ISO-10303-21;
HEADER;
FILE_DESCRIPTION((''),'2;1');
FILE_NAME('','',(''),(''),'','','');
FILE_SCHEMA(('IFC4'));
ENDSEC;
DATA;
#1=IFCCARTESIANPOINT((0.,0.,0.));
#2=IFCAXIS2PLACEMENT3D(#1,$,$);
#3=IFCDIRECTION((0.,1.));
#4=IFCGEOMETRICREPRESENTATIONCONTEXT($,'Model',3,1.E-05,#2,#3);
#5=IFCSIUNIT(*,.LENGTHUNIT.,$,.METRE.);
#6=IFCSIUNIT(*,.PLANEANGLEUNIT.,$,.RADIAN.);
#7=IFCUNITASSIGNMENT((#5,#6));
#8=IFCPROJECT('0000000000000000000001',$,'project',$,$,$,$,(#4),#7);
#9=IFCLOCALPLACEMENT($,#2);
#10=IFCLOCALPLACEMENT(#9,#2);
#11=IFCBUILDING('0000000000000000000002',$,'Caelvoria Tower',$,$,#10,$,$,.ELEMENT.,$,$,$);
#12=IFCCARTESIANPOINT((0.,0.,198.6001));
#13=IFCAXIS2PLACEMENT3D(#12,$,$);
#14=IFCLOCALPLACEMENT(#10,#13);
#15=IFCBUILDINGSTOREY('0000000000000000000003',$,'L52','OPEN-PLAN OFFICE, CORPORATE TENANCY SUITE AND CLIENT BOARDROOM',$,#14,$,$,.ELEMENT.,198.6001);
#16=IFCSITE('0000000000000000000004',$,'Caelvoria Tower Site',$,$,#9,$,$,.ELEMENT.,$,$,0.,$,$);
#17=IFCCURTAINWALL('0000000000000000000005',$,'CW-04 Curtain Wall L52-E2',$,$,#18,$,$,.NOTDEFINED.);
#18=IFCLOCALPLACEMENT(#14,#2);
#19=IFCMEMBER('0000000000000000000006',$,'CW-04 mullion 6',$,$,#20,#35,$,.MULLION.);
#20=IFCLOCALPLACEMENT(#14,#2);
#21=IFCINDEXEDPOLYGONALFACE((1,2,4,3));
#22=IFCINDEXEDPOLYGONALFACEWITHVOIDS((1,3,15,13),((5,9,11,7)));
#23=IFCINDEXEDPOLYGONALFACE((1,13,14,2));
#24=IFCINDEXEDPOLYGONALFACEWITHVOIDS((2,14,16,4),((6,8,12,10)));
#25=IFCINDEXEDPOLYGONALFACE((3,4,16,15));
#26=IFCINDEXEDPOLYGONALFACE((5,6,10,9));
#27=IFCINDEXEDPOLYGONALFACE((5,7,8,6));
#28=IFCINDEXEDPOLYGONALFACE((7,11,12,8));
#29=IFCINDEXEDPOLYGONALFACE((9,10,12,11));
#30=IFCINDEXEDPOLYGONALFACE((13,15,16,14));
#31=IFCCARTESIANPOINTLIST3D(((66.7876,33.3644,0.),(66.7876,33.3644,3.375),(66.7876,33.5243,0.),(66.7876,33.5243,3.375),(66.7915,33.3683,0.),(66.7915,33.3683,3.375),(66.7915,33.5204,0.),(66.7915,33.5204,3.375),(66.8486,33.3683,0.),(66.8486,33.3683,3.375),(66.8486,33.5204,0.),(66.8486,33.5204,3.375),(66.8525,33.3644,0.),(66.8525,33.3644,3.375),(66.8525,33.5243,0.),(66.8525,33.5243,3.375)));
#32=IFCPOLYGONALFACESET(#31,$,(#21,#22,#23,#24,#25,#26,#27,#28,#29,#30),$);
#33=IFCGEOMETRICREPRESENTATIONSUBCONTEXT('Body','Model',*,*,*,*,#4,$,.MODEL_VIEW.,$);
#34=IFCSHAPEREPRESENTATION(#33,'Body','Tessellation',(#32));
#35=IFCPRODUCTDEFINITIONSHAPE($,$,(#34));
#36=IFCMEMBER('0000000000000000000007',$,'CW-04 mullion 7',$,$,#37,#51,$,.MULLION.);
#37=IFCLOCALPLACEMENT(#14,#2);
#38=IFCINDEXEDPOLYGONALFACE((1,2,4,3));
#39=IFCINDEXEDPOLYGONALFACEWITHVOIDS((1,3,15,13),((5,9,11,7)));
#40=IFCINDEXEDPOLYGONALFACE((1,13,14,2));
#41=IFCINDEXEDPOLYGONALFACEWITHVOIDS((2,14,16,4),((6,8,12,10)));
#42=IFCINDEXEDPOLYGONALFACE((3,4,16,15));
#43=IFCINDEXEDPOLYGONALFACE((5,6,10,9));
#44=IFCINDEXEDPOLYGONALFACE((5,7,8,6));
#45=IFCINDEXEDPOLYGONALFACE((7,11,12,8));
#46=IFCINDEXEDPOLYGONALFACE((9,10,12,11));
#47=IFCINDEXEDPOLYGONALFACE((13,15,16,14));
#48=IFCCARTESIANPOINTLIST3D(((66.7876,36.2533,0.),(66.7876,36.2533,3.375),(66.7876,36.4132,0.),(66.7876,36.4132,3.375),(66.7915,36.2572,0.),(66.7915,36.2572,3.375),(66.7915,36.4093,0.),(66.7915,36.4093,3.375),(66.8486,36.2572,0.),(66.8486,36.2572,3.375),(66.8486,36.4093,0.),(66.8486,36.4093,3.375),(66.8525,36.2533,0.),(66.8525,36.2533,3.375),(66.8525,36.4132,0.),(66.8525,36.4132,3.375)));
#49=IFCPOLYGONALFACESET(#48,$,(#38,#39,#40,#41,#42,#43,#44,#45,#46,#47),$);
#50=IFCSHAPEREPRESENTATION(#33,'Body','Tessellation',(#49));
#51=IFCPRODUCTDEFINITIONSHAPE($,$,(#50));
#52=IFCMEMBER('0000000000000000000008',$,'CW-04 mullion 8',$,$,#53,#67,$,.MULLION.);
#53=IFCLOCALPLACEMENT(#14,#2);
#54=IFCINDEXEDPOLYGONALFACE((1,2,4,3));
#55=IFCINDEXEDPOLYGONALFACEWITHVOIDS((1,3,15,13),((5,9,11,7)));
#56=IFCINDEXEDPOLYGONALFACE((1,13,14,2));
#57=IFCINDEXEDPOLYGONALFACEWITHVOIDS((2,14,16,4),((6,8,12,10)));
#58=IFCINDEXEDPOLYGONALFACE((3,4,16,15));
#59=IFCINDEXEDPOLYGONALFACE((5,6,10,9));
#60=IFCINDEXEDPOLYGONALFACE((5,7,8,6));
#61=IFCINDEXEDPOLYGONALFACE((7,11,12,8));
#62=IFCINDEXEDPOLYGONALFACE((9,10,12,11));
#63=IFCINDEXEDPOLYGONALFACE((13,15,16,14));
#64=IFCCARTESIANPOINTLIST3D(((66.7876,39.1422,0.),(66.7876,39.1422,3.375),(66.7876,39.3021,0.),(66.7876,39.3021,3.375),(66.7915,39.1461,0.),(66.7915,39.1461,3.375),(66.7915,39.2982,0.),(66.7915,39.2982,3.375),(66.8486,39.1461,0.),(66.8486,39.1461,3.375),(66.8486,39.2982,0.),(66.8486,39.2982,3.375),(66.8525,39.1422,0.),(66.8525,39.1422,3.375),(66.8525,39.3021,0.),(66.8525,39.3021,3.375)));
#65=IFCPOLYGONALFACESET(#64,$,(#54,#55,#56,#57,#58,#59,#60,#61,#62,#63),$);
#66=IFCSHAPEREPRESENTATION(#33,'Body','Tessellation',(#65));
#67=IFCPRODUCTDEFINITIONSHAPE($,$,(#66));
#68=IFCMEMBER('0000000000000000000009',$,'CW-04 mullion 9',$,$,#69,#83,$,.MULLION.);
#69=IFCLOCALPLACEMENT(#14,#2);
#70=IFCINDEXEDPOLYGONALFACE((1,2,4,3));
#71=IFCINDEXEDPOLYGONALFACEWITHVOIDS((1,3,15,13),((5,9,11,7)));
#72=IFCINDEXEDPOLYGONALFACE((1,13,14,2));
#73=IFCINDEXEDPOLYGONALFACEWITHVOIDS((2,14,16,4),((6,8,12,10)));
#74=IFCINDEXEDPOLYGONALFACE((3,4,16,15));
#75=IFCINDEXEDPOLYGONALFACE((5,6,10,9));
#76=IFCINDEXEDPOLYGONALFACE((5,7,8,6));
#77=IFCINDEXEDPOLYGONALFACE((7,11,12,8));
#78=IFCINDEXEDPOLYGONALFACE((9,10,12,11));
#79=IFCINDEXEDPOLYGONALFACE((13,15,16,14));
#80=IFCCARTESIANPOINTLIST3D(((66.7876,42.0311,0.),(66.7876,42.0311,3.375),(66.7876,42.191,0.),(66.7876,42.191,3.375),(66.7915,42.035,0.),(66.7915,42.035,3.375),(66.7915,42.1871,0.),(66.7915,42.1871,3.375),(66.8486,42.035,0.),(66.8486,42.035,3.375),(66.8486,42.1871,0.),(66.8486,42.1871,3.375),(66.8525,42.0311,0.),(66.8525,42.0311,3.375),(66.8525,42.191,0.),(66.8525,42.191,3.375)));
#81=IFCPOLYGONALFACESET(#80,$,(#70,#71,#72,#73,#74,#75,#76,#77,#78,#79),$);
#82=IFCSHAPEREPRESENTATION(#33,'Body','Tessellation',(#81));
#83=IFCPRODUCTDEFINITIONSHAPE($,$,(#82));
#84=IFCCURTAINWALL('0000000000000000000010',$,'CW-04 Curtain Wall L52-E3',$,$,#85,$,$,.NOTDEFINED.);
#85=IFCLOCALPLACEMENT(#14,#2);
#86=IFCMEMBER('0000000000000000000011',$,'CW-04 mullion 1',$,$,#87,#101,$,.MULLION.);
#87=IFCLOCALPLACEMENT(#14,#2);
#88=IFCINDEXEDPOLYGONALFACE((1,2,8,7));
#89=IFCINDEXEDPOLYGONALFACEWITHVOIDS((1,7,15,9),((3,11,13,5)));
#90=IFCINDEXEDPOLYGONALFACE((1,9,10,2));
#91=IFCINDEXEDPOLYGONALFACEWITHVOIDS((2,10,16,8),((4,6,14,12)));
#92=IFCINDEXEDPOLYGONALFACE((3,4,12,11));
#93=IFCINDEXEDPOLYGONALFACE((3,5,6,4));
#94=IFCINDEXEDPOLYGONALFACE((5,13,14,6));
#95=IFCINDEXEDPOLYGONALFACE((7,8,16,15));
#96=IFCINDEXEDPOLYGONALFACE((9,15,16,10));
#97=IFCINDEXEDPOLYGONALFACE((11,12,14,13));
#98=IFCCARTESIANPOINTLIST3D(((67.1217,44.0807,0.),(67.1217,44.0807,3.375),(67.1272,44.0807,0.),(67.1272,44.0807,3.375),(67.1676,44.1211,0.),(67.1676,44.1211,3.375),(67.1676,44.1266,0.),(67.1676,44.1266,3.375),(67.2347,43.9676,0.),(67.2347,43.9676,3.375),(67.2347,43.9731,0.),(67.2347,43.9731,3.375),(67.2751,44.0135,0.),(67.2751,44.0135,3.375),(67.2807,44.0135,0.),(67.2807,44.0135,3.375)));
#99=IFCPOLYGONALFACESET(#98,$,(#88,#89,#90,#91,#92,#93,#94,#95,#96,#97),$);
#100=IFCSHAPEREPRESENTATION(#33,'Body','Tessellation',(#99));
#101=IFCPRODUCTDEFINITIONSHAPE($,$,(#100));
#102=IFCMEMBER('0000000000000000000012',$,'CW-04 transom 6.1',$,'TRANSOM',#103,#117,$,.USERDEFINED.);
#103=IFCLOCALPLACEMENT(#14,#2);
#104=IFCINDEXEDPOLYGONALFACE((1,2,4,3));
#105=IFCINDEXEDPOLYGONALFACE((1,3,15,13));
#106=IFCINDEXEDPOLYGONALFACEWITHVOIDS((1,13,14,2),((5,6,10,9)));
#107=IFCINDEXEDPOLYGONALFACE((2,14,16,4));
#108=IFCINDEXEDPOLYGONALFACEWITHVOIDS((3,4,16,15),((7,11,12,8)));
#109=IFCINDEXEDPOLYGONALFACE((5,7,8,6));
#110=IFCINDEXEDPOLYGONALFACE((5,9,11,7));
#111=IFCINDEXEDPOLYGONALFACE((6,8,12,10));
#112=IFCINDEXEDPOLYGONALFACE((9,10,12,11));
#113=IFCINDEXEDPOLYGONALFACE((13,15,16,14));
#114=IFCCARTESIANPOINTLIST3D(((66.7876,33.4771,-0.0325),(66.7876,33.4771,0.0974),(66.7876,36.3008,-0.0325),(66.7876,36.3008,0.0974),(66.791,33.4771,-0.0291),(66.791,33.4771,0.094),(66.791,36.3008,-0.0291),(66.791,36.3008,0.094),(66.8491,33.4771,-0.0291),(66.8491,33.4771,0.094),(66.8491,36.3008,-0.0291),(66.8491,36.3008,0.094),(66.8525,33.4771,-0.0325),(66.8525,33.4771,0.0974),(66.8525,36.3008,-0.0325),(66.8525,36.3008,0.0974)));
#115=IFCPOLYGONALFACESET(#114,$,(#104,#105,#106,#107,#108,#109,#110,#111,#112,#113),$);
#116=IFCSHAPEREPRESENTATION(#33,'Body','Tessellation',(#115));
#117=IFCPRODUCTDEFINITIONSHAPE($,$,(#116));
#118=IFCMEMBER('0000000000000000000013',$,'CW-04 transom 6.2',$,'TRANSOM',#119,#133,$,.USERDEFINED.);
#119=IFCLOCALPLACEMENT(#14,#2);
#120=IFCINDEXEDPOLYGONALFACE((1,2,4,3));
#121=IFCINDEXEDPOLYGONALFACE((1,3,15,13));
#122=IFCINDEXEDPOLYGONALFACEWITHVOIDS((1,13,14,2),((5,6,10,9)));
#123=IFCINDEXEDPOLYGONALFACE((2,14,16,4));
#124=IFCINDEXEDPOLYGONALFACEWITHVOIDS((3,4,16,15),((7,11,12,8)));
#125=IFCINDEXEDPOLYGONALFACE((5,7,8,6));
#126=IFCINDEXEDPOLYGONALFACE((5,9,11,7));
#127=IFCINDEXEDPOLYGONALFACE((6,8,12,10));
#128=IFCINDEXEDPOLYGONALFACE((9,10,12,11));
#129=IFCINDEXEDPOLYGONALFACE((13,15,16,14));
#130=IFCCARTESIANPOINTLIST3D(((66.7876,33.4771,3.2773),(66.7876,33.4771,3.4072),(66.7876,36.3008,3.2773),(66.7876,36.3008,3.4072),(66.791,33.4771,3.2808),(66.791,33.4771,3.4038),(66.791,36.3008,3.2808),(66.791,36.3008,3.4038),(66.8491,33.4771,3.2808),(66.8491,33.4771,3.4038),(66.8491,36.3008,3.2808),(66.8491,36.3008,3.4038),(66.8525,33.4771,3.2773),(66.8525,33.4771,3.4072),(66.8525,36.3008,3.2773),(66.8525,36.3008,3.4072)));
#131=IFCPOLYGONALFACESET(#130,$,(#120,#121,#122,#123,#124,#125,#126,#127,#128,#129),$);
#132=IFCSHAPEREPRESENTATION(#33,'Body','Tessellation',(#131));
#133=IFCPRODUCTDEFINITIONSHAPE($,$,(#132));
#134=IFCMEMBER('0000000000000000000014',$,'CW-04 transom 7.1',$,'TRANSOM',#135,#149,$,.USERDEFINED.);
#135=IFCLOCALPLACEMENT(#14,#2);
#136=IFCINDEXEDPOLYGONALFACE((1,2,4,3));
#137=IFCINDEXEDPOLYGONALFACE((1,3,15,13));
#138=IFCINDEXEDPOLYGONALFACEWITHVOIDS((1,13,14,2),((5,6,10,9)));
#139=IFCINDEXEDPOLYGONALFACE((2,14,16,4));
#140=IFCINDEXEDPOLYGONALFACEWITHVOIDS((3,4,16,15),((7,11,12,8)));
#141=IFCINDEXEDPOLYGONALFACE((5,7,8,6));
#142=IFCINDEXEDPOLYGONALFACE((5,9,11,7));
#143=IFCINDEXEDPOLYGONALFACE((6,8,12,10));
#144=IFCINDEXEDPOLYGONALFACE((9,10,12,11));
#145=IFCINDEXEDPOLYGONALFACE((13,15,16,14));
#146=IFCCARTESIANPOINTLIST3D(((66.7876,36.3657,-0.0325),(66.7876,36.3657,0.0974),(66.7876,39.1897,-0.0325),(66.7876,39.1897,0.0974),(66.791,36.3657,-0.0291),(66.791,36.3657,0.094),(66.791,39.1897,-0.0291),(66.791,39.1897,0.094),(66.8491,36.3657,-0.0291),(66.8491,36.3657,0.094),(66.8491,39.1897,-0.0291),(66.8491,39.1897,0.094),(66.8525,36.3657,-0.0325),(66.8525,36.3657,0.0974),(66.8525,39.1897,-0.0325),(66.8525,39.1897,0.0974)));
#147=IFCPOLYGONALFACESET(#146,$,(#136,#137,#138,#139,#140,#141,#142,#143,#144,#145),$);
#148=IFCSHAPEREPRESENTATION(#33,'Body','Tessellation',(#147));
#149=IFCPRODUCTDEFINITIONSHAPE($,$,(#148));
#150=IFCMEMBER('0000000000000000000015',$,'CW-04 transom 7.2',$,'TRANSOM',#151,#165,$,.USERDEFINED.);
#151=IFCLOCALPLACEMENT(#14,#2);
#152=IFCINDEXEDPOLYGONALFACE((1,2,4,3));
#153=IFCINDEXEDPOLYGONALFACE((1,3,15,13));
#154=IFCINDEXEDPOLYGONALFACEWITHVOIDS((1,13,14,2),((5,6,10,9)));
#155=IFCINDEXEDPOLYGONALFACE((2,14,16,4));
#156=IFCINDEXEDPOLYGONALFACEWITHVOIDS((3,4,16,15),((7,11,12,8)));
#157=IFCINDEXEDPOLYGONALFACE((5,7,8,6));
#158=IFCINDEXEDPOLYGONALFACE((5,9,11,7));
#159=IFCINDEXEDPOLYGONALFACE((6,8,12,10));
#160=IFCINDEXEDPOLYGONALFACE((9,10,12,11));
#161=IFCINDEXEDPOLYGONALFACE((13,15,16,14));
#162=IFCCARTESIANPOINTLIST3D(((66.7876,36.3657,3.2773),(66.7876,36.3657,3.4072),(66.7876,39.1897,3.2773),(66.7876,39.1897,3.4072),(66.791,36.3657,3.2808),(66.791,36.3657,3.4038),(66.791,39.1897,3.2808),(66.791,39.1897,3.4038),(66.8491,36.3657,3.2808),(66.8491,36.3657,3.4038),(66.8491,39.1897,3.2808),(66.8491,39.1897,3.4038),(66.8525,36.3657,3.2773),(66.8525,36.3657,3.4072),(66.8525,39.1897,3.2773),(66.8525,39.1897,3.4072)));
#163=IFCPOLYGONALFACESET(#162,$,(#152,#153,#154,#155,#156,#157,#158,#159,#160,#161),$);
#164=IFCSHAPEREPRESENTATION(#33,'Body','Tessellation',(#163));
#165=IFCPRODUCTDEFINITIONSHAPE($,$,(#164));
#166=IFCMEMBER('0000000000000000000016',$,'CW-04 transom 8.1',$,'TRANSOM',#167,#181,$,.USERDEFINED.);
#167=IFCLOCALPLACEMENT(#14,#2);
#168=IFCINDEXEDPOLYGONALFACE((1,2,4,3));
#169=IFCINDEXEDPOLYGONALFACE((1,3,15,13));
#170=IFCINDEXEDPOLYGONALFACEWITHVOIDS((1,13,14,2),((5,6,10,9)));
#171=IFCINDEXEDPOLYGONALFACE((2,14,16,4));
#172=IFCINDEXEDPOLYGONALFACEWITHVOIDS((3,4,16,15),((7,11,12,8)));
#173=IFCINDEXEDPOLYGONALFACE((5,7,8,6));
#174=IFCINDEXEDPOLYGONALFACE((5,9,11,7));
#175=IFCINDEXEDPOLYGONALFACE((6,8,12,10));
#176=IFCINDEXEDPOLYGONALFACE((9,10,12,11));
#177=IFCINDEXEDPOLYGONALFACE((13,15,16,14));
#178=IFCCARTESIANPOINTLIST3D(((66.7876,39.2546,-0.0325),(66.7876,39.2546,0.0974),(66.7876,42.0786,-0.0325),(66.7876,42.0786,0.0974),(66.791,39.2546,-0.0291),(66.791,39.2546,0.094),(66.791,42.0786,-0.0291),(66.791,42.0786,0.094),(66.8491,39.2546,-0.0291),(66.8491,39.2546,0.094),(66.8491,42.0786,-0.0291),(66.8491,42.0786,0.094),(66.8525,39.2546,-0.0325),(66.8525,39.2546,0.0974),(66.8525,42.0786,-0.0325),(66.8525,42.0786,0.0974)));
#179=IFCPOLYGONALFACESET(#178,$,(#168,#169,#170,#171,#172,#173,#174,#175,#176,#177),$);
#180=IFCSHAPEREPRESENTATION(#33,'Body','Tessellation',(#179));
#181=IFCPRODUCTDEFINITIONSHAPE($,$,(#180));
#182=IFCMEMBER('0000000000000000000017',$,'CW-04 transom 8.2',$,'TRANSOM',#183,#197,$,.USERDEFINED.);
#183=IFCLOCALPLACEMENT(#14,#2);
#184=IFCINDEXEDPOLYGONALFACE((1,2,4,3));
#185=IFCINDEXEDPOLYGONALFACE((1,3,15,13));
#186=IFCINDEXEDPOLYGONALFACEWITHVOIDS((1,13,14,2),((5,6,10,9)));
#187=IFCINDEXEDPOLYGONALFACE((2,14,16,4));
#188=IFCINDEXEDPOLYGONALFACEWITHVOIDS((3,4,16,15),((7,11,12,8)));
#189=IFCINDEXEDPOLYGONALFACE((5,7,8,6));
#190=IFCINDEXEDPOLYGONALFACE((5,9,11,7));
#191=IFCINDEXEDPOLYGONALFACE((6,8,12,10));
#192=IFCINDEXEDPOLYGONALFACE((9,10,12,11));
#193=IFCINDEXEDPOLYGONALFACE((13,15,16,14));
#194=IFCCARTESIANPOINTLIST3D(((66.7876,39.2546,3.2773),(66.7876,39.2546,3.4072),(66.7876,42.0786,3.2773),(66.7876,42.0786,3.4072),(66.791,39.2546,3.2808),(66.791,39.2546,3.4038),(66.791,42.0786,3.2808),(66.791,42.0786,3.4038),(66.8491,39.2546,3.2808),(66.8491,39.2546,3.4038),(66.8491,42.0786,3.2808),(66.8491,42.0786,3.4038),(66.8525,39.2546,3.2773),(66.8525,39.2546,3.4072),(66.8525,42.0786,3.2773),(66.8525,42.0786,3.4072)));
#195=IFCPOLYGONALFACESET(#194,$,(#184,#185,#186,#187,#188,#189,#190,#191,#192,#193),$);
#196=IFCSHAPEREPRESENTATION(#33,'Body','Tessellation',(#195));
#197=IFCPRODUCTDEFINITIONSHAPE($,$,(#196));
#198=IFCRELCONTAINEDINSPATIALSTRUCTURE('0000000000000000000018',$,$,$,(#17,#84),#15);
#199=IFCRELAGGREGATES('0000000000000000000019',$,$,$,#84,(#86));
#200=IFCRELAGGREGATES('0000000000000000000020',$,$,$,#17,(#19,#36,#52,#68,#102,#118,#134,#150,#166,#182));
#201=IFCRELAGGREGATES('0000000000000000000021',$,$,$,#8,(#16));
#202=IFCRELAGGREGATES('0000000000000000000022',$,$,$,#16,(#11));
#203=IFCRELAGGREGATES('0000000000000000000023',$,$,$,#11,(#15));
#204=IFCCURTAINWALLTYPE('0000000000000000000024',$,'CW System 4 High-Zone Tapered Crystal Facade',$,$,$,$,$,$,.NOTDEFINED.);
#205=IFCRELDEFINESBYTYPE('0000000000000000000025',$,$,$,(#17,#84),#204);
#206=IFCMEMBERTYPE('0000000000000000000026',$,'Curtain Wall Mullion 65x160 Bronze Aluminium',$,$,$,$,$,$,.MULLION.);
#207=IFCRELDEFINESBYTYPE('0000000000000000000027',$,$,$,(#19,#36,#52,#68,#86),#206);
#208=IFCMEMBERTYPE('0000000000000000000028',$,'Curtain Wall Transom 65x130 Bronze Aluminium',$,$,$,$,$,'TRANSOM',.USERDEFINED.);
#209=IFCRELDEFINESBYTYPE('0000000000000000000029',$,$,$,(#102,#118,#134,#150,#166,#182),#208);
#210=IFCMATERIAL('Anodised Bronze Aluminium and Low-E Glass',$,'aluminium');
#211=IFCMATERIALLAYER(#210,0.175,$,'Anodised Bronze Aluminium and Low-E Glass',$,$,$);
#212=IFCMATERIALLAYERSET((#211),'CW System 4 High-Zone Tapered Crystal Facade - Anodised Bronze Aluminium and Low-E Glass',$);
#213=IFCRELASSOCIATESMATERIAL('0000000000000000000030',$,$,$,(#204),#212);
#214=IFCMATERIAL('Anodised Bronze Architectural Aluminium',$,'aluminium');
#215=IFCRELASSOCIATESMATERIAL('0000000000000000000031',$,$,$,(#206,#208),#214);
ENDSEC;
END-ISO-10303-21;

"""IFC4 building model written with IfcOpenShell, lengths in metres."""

from ifc_helpers import new_model, si_unit, direction, frame, origin, origin_2d, place, context, subcontext, project, spatial, hollow_rectangle, extrude, material, layer, layer_set, material_profile, profile_set, type_object, element, aggregate, save


model = new_model("IFC4")

# Units and contexts
model_context = context("Model", 3, precision=1e-05, world=origin(), true_north=direction((0.0, 1.0)))
body_context = subcontext(model_context, "Body", "Model", "MODEL_VIEW")
ifc_project = project(units=[si_unit("LENGTHUNIT", "METRE"), si_unit("PLANEANGLEUNIT", "RADIAN")], contexts=[model_context])

# Site, building, storey
site_placement = place(None, origin())
site = spatial("IfcSite", under=ifc_project, at=site_placement, Name="Caelvoria Tower Site", CompositionType="ELEMENT", RefElevation=0.0)
building_placement = place(site_placement, origin())
building = spatial("IfcBuilding", under=site, at=building_placement, Name="Caelvoria Tower", CompositionType="ELEMENT")
storey_placement = place(building_placement, frame((0.0, 0.0, 198.6001)))
storey = spatial("IfcBuildingStorey", under=building, at=storey_placement, Name="L52", Description="OPEN-PLAN OFFICE, CORPORATE TENANCY SUITE AND CLIENT BOARDROOM", CompositionType="ELEMENT", Elevation=198.6001)

# Curtain wall, members
ifc_material_1 = material(Name="Anodised Bronze Aluminium and Low-E Glass", Category="aluminium")
ifc_layer_1 = layer(ifc_material_1, 0.175, Name="Anodised Bronze Aluminium and Low-E Glass")
ifc_layer_set_1 = layer_set([ifc_layer_1], Name="CW System 4 High-Zone Tapered Crystal Facade - Anodised Bronze Aluminium and Low-E Glass")
curtain_wall_type = type_object("IfcCurtainWallType", Name="CW System 4 High-Zone Tapered Crystal Facade", PredefinedType="NOTDEFINED", material=ifc_layer_set_1)
curtain_wall_1_placement = place(storey_placement, origin())
curtain_wall_1 = element("IfcCurtainWall", 1, at=curtain_wall_1_placement, inside=storey, type_object=curtain_wall_type, Name="CW-04 Curtain Wall L52-E2", PredefinedType="NOTDEFINED")
ifc_material_2 = material(Name="Anodised Bronze Architectural Aluminium", Category="aluminium")
ifc_material_profile_1 = material_profile(ifc_material_2, hollow_rectangle(XDim=0.0649, YDim=0.1599, WallThickness=0.0039, at=origin_2d()), Name="Anodised Bronze Architectural Aluminium")
ifc_profile_set_1 = profile_set([ifc_material_profile_1], Name="CW_MULL_65X160 - Anodised Bronze Architectural Aluminium")
member_type_1 = type_object("IfcMemberType", Name="Curtain Wall Mullion 65x160 Bronze Aluminium", PredefinedType="MULLION", material=ifc_profile_set_1)
member_1_placement = place(storey_placement, frame((66.8201, 33.4443, 0.0), z_axis=(0.0, 0.0, 1.0), x_axis=(-1.0, 0.0, 0.0)))
member_1 = element("IfcMember", 2, at=member_1_placement, type_object=member_type_1, Name="CW-04 mullion 6", PredefinedType="MULLION", context=body_context, shape_type="SweptSolid", body=[
    extrude(hollow_rectangle(XDim=0.0649, YDim=0.1599, WallThickness=0.0039, at=origin_2d()), origin(), (0.0, 0.0, 1.0), 3.375),
])
member_2_placement = place(storey_placement, frame((66.8201, 36.3333, 0.0), z_axis=(0.0, 0.0, 1.0), x_axis=(-1.0, 0.0, 0.0)))
member_2 = element("IfcMember", 3, at=member_2_placement, type_object=member_type_1, Name="CW-04 mullion 7", PredefinedType="MULLION", context=body_context, shape_type="SweptSolid", body=[
    extrude(hollow_rectangle(XDim=0.0649, YDim=0.1599, WallThickness=0.0039, at=origin_2d()), origin(), (0.0, 0.0, 1.0), 3.375),
])
member_3_placement = place(storey_placement, frame((66.8201, 39.2222, 0.0), z_axis=(0.0, 0.0, 1.0), x_axis=(-1.0, 0.0, 0.0)))
member_3 = element("IfcMember", 4, at=member_3_placement, type_object=member_type_1, Name="CW-04 mullion 8", PredefinedType="MULLION", context=body_context, shape_type="SweptSolid", body=[
    extrude(hollow_rectangle(XDim=0.0649, YDim=0.1599, WallThickness=0.0039, at=origin_2d()), origin(), (0.0, 0.0, 1.0), 3.375),
])
member_4_placement = place(storey_placement, frame((66.8201, 42.1111, 0.0), z_axis=(0.0, 0.0, 1.0), x_axis=(-1.0, 0.0, 0.0)))
member_4 = element("IfcMember", 5, at=member_4_placement, type_object=member_type_1, Name="CW-04 mullion 9", PredefinedType="MULLION", context=body_context, shape_type="SweptSolid", body=[
    extrude(hollow_rectangle(XDim=0.0649, YDim=0.1599, WallThickness=0.0039, at=origin_2d()), origin(), (0.0, 0.0, 1.0), 3.375),
])

# Curtain wall, member
curtain_wall_2_placement = place(storey_placement, origin())
curtain_wall_2 = element("IfcCurtainWall", 6, at=curtain_wall_2_placement, inside=storey, type_object=curtain_wall_type, Name="CW-04 Curtain Wall L52-E3", PredefinedType="NOTDEFINED")
member_5_placement = place(storey_placement, frame((67.2012, 44.0471, 0.0), z_axis=(0.0, 0.0, 1.0), x_axis=(-0.707107, -0.707107, 0.0)))
member_5 = element("IfcMember", 7, at=member_5_placement, type_object=member_type_1, Name="CW-04 mullion 1", PredefinedType="MULLION", context=body_context, shape_type="SweptSolid", body=[
    extrude(hollow_rectangle(XDim=0.0649, YDim=0.1599, WallThickness=0.0039, at=origin_2d()), origin(), (0.0, 0.0, 1.0), 3.375),
])

# Members
ifc_material_profile_2 = material_profile(ifc_material_2, hollow_rectangle(XDim=0.0649, YDim=0.1299, WallThickness=0.0034, at=origin_2d()), Name="Anodised Bronze Architectural Aluminium")
ifc_profile_set_2 = profile_set([ifc_material_profile_2], Name="CW_TRAN_65X130 - Anodised Bronze Architectural Aluminium")
member_type_2 = type_object("IfcMemberType", Name="Curtain Wall Transom 65x130 Bronze Aluminium", ElementType="TRANSOM", PredefinedType="USERDEFINED", material=ifc_profile_set_2)
member_6_placement = place(storey_placement, frame((66.8201, 33.4771, 0.0325), z_axis=(0.0, 1.0, 0.0), x_axis=(-1.0, 0.0, 0.0)))
member_6 = element("IfcMember", 8, at=member_6_placement, type_object=member_type_2, Name="CW-04 transom 6.1", ObjectType="TRANSOM", PredefinedType="USERDEFINED", context=body_context, shape_type="SweptSolid", body=[
    extrude(hollow_rectangle(XDim=0.0649, YDim=0.1299, WallThickness=0.0034, at=origin_2d()), origin(), (0.0, 0.0, 1.0), 2.8237),
])
member_7_placement = place(storey_placement, frame((66.8201, 33.4771, 3.3423), z_axis=(0.0, 1.0, 0.0), x_axis=(-1.0, 0.0, 0.0)))
member_7 = element("IfcMember", 9, at=member_7_placement, type_object=member_type_2, Name="CW-04 transom 6.2", ObjectType="TRANSOM", PredefinedType="USERDEFINED", context=body_context, shape_type="SweptSolid", body=[
    extrude(hollow_rectangle(XDim=0.0649, YDim=0.1299, WallThickness=0.0034, at=origin_2d()), origin(), (0.0, 0.0, 1.0), 2.8237),
])
member_8_placement = place(storey_placement, frame((66.8201, 36.3657, 0.0325), z_axis=(0.0, 1.0, 0.0), x_axis=(-1.0, 0.0, 0.0)))
member_8 = element("IfcMember", 10, at=member_8_placement, type_object=member_type_2, Name="CW-04 transom 7.1", ObjectType="TRANSOM", PredefinedType="USERDEFINED", context=body_context, shape_type="SweptSolid", body=[
    extrude(hollow_rectangle(XDim=0.0649, YDim=0.1299, WallThickness=0.0034, at=origin_2d()), origin(), (0.0, 0.0, 1.0), 2.824),
])
member_9_placement = place(storey_placement, frame((66.8201, 36.3657, 3.3423), z_axis=(0.0, 1.0, 0.0), x_axis=(-1.0, 0.0, 0.0)))
member_9 = element("IfcMember", 11, at=member_9_placement, type_object=member_type_2, Name="CW-04 transom 7.2", ObjectType="TRANSOM", PredefinedType="USERDEFINED", context=body_context, shape_type="SweptSolid", body=[
    extrude(hollow_rectangle(XDim=0.0649, YDim=0.1299, WallThickness=0.0034, at=origin_2d()), origin(), (0.0, 0.0, 1.0), 2.824),
])
member_10_placement = place(storey_placement, frame((66.8201, 39.2546, 0.0325), z_axis=(0.0, 1.0, 0.0), x_axis=(-1.0, 0.0, 0.0)))
member_10 = element("IfcMember", 12, at=member_10_placement, type_object=member_type_2, Name="CW-04 transom 8.1", ObjectType="TRANSOM", PredefinedType="USERDEFINED", context=body_context, shape_type="SweptSolid", body=[
    extrude(hollow_rectangle(XDim=0.0649, YDim=0.1299, WallThickness=0.0034, at=origin_2d()), origin(), (0.0, 0.0, 1.0), 2.824),
])
member_11_placement = place(storey_placement, frame((66.8201, 39.2546, 3.3423), z_axis=(0.0, 1.0, 0.0), x_axis=(-1.0, 0.0, 0.0)))
member_11 = element("IfcMember", 13, at=member_11_placement, type_object=member_type_2, Name="CW-04 transom 8.2", ObjectType="TRANSOM", PredefinedType="USERDEFINED", context=body_context, shape_type="SweptSolid", body=[
    extrude(hollow_rectangle(XDim=0.0649, YDim=0.1299, WallThickness=0.0034, at=origin_2d()), origin(), (0.0, 0.0, 1.0), 2.824),
])
aggregate(curtain_wall_2, [member_5])

aggregate(curtain_wall_1, [member_1, member_2, member_3, member_4, member_6, member_7, member_8, member_9, member_10, member_11])

save(model, "model.ifc")
